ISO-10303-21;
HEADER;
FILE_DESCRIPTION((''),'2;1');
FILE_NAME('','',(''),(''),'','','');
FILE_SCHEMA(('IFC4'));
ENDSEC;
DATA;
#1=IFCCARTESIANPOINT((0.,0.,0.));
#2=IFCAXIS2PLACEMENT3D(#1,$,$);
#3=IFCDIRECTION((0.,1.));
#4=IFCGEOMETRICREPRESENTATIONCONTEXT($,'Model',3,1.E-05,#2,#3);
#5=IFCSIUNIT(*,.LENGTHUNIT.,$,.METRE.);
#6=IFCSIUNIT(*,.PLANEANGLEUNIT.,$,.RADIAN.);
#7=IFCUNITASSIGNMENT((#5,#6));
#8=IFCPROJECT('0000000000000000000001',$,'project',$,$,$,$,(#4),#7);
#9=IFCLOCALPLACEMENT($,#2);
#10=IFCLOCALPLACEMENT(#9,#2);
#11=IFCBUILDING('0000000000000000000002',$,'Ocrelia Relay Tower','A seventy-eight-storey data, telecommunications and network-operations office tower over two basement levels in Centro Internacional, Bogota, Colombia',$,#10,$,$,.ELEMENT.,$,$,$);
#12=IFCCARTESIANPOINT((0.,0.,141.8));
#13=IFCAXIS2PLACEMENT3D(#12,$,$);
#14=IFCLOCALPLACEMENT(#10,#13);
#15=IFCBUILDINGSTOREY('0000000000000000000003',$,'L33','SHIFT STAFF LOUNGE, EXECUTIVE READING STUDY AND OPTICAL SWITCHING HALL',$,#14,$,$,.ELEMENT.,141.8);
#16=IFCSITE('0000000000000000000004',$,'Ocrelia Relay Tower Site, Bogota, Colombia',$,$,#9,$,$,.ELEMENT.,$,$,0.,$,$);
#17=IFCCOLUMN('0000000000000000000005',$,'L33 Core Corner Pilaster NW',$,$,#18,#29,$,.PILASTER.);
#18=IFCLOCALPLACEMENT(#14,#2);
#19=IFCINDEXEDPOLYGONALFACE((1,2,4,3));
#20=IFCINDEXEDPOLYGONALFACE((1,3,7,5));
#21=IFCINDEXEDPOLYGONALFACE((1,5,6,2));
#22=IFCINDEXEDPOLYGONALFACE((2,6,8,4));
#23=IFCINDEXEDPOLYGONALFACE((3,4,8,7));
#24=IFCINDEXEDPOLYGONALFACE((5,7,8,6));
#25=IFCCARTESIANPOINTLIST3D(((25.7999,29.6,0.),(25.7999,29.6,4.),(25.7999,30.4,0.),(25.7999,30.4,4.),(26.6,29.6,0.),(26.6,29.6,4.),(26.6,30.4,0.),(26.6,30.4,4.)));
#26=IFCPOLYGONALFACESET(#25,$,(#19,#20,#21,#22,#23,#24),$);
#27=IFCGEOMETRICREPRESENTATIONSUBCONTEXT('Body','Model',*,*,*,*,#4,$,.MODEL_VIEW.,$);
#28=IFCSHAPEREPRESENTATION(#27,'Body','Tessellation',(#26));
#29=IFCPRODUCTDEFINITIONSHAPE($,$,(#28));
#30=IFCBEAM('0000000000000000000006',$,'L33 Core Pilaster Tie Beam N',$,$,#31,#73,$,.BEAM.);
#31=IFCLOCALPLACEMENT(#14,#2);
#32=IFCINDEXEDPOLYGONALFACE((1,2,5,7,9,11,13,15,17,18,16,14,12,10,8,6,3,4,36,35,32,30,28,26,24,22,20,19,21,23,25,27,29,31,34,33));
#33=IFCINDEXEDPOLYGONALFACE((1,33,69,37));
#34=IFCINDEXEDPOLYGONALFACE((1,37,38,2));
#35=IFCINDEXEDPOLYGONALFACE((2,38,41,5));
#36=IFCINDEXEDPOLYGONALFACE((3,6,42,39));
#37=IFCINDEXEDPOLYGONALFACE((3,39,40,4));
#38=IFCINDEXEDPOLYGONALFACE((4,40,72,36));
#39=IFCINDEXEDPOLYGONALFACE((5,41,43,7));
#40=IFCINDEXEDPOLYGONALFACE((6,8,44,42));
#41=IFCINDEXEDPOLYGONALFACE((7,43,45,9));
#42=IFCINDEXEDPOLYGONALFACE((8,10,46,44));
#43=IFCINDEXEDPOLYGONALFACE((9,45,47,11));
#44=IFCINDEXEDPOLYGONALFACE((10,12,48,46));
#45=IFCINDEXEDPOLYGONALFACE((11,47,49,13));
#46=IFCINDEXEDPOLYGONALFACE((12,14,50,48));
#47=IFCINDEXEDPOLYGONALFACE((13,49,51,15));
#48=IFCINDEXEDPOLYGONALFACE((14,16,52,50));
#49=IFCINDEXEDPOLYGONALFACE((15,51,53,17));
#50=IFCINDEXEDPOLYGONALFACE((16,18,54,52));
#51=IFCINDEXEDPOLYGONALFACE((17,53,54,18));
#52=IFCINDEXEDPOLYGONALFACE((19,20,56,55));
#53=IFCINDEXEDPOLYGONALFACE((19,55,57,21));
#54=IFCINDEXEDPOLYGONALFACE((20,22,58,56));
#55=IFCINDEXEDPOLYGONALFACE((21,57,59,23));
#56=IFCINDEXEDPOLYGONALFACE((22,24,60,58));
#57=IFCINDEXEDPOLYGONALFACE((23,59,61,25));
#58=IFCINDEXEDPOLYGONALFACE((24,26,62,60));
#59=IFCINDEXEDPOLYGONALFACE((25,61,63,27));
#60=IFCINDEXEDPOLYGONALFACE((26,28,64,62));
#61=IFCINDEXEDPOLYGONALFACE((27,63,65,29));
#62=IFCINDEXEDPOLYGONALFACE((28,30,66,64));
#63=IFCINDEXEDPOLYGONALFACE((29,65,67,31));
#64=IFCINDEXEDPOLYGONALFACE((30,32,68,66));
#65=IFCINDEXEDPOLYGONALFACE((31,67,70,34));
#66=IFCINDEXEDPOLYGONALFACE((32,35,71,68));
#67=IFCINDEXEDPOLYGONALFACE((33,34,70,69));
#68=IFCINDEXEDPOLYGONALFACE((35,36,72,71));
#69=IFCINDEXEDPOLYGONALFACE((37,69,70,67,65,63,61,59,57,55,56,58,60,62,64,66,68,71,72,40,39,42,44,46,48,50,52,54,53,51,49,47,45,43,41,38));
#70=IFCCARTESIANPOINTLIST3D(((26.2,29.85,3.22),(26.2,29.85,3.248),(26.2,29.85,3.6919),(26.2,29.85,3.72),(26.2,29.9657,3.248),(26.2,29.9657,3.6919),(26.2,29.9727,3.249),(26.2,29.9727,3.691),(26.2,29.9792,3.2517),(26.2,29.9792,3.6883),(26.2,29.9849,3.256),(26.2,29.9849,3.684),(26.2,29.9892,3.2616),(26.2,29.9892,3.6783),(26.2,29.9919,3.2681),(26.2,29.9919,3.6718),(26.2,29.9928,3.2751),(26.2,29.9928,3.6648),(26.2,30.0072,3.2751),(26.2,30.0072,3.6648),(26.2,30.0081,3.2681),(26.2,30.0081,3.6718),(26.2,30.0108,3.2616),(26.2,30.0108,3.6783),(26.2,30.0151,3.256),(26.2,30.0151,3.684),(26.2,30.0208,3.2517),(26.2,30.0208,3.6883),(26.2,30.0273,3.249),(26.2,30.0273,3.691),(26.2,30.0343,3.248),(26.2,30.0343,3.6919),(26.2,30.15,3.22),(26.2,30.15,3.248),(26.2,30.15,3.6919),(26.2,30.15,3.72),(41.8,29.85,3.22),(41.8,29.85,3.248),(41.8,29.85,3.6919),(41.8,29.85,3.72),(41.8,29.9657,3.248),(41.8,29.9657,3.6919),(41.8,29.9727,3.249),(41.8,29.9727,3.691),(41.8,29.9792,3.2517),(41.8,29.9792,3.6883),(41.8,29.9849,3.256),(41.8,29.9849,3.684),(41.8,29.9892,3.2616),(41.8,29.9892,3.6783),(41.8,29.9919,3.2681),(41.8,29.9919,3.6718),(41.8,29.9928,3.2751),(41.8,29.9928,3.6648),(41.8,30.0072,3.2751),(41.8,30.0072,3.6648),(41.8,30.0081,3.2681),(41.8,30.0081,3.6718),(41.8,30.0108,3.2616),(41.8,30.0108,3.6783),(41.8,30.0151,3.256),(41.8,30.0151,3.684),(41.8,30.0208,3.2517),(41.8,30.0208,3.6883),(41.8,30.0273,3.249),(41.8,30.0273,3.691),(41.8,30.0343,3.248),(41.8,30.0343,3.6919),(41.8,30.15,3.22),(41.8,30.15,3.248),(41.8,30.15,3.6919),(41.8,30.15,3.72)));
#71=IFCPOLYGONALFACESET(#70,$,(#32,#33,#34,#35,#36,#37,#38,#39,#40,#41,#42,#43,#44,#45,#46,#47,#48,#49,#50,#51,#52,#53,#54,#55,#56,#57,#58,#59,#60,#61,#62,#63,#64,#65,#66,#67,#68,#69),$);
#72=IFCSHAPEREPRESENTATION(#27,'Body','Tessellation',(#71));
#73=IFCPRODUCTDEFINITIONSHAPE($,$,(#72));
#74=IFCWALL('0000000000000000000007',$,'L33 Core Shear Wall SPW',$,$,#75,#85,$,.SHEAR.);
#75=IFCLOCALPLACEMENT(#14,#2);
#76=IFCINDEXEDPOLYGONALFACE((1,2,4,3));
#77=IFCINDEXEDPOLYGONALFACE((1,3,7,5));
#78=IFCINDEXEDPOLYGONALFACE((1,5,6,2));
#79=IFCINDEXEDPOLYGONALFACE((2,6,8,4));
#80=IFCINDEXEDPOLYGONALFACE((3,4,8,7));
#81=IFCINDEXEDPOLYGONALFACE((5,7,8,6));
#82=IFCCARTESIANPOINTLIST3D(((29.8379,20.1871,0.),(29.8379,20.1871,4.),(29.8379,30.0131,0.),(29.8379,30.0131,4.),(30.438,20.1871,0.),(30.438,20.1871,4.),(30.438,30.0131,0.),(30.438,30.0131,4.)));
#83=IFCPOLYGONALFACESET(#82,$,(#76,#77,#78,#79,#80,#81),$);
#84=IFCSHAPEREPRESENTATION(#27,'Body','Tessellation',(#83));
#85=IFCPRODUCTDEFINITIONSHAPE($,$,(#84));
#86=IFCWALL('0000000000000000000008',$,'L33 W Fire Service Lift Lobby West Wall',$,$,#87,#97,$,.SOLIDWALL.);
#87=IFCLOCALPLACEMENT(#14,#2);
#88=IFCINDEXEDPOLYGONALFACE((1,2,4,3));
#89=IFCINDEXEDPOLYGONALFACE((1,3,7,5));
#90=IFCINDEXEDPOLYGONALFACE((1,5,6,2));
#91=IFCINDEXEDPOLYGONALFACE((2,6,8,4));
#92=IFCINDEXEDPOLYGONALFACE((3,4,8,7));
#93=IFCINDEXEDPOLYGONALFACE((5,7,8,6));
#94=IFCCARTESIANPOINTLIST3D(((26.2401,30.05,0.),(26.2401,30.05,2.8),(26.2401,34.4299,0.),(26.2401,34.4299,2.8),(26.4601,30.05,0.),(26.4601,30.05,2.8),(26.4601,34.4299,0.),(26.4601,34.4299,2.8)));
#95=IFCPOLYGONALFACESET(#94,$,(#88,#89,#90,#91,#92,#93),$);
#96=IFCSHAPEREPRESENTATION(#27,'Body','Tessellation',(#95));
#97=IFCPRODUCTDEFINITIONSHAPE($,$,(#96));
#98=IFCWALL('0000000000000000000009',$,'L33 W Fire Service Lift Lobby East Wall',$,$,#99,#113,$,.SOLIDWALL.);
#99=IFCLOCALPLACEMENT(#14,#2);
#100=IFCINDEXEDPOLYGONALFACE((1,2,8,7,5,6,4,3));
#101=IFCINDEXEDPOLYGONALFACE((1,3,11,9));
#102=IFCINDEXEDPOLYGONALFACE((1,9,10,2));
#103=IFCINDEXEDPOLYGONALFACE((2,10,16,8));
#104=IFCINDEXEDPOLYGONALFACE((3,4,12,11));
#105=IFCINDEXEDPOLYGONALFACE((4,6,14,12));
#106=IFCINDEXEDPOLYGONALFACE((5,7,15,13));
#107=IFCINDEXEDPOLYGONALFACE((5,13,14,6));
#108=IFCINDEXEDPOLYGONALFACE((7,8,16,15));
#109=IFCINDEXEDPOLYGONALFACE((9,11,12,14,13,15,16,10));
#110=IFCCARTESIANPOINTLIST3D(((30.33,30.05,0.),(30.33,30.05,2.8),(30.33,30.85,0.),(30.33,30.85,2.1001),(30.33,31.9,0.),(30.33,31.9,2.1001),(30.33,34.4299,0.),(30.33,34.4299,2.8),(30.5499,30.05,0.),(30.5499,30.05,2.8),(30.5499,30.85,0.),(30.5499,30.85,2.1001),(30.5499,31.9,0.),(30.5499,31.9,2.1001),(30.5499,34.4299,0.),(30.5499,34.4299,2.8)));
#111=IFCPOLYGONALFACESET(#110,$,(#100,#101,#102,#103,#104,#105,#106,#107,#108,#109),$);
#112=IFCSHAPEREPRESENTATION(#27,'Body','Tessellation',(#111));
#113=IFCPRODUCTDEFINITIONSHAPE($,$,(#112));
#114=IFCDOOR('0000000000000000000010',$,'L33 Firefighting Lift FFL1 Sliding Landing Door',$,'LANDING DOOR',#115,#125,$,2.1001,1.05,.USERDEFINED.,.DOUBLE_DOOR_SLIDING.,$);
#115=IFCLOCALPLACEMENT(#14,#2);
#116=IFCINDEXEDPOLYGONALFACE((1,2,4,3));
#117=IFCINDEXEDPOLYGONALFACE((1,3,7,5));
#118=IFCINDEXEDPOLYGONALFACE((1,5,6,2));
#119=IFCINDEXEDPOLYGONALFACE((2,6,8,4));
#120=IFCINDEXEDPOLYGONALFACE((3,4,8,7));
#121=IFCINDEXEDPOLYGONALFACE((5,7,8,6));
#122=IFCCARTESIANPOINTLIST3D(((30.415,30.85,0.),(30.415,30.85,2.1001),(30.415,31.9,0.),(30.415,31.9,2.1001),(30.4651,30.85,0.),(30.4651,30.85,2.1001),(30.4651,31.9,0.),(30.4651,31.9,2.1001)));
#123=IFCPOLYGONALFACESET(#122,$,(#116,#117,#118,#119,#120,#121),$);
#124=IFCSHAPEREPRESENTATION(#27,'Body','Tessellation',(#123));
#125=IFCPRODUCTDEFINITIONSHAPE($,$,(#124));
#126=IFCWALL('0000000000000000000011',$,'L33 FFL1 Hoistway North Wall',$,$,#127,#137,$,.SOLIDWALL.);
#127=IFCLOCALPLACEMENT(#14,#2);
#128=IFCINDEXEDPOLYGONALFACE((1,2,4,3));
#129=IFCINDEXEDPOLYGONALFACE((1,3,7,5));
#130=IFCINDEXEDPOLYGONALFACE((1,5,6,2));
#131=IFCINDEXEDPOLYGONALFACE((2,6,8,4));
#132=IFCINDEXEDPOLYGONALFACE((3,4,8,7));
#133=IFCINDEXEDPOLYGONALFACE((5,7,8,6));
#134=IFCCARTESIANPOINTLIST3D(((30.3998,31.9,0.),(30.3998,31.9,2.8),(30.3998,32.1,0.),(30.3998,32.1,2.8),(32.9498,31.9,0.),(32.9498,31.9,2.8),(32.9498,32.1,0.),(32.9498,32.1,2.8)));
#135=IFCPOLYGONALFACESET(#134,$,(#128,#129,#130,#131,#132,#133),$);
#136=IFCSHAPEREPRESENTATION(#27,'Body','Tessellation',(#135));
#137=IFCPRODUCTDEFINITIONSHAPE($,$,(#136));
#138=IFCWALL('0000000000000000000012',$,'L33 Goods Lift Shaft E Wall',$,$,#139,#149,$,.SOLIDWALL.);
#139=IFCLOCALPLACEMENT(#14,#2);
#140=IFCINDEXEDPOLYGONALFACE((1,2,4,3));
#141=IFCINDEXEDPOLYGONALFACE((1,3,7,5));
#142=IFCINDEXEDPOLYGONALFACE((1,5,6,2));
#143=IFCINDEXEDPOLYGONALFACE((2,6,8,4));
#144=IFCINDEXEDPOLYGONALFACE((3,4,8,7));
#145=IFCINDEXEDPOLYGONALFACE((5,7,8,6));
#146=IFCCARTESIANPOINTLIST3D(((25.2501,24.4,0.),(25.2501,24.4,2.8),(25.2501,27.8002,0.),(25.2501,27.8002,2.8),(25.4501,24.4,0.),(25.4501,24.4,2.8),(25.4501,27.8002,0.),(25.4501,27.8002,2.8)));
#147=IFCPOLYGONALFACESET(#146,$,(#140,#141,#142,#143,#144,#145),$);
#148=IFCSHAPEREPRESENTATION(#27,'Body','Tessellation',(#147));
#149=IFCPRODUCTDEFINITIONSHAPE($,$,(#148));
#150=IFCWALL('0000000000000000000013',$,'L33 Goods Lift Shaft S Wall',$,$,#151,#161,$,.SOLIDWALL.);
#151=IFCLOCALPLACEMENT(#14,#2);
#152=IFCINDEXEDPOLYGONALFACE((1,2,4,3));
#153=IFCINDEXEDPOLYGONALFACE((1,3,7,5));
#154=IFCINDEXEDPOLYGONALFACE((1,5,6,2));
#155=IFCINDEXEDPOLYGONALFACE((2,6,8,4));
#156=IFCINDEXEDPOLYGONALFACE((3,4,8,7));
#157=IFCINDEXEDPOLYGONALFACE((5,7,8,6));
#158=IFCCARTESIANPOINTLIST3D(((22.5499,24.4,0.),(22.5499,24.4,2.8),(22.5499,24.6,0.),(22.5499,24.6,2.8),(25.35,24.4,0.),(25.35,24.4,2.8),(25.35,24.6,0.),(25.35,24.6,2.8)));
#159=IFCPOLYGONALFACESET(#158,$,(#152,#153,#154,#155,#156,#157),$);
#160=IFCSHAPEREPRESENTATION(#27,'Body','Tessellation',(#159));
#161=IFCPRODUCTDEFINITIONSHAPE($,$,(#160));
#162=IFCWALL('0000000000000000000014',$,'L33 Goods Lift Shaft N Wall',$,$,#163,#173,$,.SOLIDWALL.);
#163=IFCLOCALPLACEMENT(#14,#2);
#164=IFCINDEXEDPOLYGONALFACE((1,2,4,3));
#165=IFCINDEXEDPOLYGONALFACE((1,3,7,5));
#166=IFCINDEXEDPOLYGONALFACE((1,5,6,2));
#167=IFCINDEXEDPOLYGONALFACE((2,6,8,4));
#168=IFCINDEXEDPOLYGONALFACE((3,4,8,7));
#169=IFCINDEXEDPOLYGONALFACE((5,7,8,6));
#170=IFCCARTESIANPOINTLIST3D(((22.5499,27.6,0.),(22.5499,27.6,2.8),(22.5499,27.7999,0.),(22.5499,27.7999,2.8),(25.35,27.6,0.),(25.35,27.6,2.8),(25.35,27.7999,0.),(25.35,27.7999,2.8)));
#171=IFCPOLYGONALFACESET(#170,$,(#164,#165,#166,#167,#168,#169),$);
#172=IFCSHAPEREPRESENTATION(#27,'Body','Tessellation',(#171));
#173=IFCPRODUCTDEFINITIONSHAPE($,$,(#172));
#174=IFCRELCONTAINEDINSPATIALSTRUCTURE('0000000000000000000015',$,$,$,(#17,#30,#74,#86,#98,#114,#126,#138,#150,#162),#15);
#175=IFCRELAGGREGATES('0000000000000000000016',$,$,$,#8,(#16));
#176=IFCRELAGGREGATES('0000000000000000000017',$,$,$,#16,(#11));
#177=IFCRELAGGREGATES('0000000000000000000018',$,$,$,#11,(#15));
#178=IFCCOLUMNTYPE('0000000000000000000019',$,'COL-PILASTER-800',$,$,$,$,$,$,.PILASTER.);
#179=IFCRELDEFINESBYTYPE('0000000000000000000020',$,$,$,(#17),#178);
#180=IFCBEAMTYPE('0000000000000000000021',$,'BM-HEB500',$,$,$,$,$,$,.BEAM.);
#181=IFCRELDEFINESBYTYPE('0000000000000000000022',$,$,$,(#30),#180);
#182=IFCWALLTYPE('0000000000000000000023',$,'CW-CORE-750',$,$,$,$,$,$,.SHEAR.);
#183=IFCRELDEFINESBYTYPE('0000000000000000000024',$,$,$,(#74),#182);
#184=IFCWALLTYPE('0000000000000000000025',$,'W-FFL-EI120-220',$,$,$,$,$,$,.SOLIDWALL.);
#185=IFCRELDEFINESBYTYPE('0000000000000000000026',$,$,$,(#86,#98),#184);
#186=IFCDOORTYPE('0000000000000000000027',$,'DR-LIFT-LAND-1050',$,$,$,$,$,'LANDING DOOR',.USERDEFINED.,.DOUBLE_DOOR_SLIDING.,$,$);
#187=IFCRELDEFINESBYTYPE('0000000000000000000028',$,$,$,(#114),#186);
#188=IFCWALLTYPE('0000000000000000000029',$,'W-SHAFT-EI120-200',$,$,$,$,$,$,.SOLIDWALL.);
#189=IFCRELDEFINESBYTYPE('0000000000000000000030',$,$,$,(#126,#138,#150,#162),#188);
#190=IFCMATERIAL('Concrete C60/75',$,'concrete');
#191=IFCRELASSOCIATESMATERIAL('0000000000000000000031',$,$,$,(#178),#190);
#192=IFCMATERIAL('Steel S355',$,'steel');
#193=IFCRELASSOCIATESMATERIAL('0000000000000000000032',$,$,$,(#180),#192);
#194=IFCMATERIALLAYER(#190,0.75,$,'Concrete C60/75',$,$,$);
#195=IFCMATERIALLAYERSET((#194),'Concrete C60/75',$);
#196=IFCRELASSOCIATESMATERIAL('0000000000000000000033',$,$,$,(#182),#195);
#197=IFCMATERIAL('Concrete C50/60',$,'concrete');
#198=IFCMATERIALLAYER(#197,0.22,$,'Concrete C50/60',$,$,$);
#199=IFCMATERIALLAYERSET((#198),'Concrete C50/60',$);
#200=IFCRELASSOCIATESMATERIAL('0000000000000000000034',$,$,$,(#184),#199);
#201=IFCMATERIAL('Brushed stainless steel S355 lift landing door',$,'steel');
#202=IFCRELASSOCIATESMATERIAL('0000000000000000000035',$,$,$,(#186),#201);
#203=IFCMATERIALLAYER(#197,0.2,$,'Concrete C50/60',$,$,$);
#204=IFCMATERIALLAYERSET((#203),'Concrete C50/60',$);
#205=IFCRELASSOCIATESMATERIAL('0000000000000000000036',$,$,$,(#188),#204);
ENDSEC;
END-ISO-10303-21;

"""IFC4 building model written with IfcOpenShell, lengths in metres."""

from ifc_helpers import new_model, si_unit, direction, frame, frame_2d, origin, origin_2d, place, context, subcontext, project, spatial, rectangle, i_section, extrude, material, layer, layer_set, material_profile, profile_set, type_object, element, fill, save


model = new_model("IFC4")

# Units and contexts
model_context = context("Model", 3, precision=1e-05, world=origin(), true_north=direction((0.0, 1.0)))
body_context = subcontext(model_context, "Body", "Model", "MODEL_VIEW")
ifc_project = project(units=[si_unit("LENGTHUNIT", "METRE"), si_unit("PLANEANGLEUNIT", "RADIAN")], contexts=[model_context])

# Site, building, storey
site_placement = place(None, origin())
site = spatial("IfcSite", under=ifc_project, at=site_placement, Name="Ocrelia Relay Tower Site, Bogota, Colombia", CompositionType="ELEMENT", RefElevation=0.0)
building_placement = place(site_placement, origin())
building = spatial("IfcBuilding", under=site, at=building_placement, Name="Ocrelia Relay Tower", Description="A seventy-eight-storey data, telecommunications and network-operations office tower over two basement levels in Centro Internacional, Bogota, Colombia", CompositionType="ELEMENT")
storey_placement = place(building_placement, frame((0.0, 0.0, 141.8)))
storey = spatial("IfcBuildingStorey", under=building, at=storey_placement, Name="L33", Description="SHIFT STAFF LOUNGE, EXECUTIVE READING STUDY AND OPTICAL SWITCHING HALL", CompositionType="ELEMENT", Elevation=141.8)

# Column
ifc_material_1 = material(Name="Concrete C60/75", Category="concrete")
ifc_material_profile_1 = material_profile(ifc_material_1, rectangle(XDim=0.8, YDim=0.8, at=origin_2d()), Name="RC-COL-800x800")
ifc_profile_set_1 = profile_set([ifc_material_profile_1], Name="Concrete C60/75")
column_type = type_object("IfcColumnType", Name="COL-PILASTER-800", PredefinedType="PILASTER", material=ifc_profile_set_1)
column_placement = place(storey_placement, frame((26.2, 30.0, 0.0), z_axis=(0.0, 0.0, 1.0), x_axis=(1.0, 0.0, 0.0)))
element("IfcColumn", 1, at=column_placement, inside=storey, type_object=column_type, Name="L33 Core Corner Pilaster NW", PredefinedType="PILASTER", context=body_context, shape_type="SweptSolid", body=[
    extrude(rectangle(XDim=0.8, YDim=0.8, at=origin_2d()), origin(), (0.0, 0.0, 1.0), 4.0),
])

# Beam
ifc_material_2 = material(Name="Steel S355", Category="steel")
ifc_material_profile_2 = material_profile(ifc_material_2, i_section(OverallWidth=0.3, OverallDepth=0.5, WebThickness=0.0144, FlangeThickness=0.0281, FilletRadius=0.0271, at=origin_2d()), Name="HEB 500")
ifc_profile_set_2 = profile_set([ifc_material_profile_2], Name="Steel S355")
beam_type = type_object("IfcBeamType", Name="BM-HEB500", PredefinedType="BEAM", material=ifc_profile_set_2)
beam_placement = place(storey_placement, frame((26.2, 30.0, 3.47), z_axis=(1.0, 0.0, 0.0), x_axis=(0.0, 1.0, 0.0)))
element("IfcBeam", 2, at=beam_placement, inside=storey, type_object=beam_type, Name="L33 Core Pilaster Tie Beam N", PredefinedType="BEAM", context=body_context, shape_type="SweptSolid", body=[
    extrude(i_section(OverallWidth=0.3, OverallDepth=0.5, WebThickness=0.0144, FlangeThickness=0.0281, FilletRadius=0.0271, at=origin_2d()), origin(), (0.0, 0.0, 1.0), 15.6001),
])

# Shared definitions
ifc_layer_1 = layer(ifc_material_1, 0.75, Name="Concrete C60/75")
ifc_layer_set_1 = layer_set([ifc_layer_1], Name="Concrete C60/75")
wall_type_1 = type_object("IfcWallType", Name="CW-CORE-750", PredefinedType="SHEAR", material=ifc_layer_set_1)

# Wall
wall_1_placement = place(storey_placement, frame((30.1379, 20.187, 0.0), z_axis=(0.0, 0.0, 1.0), x_axis=(0.0, 1.0, 0.0)))
element("IfcWall", 3, at=wall_1_placement, inside=storey, type_object=wall_type_1, Name="L33 Core Shear Wall SPW", PredefinedType="SHEAR", context=body_context, shape_type="SweptSolid", body=[
    extrude(rectangle(XDim=9.8259, YDim=0.6001, at=frame_2d((4.9131, 0.0))), origin(), (0.0, 0.0, 1.0), 4.0),
])

# Wall
ifc_material_3 = material(Name="Concrete C50/60", Category="concrete")
ifc_layer_2 = layer(ifc_material_3, 0.22, Name="Concrete C50/60")
ifc_layer_set_2 = layer_set([ifc_layer_2], Name="Concrete C50/60")
wall_type_2 = type_object("IfcWallType", Name="W-FFL-EI120-220", PredefinedType="SOLIDWALL", material=ifc_layer_set_2)
wall_2_placement = place(storey_placement, frame((26.3501, 30.05, 0.0), z_axis=(0.0, 0.0, 1.0), x_axis=(0.0, 1.0, 0.0)))
element("IfcWall", 4, at=wall_2_placement, inside=storey, type_object=wall_type_2, Name="L33 W Fire Service Lift Lobby West Wall", PredefinedType="SOLIDWALL", context=body_context, shape_type="SweptSolid", body=[
    extrude(rectangle(XDim=4.3799, YDim=0.22, at=frame_2d((2.1899, 0.0))), origin(), (0.0, 0.0, 1.0), 2.8),
])

# Wall, opening, door
wall_3_placement = place(storey_placement, frame((30.4399, 30.05, 0.0), z_axis=(0.0, 0.0, 1.0), x_axis=(0.0, 1.0, 0.0)))
wall_3 = element("IfcWall", 5, at=wall_3_placement, inside=storey, type_object=wall_type_2, Name="L33 W Fire Service Lift Lobby East Wall", PredefinedType="SOLIDWALL", context=body_context, shape_type="SweptSolid", body=[
    extrude(rectangle(XDim=4.3799, YDim=0.22, at=frame_2d((2.1899, 0.0))), origin(), (0.0, 0.0, 1.0), 2.8),
])
opening_1_placement = place(wall_3_placement, frame((0.8, 0.0, 0.0)))
opening_1 = element("IfcOpeningElement", 6, at=opening_1_placement, cuts=wall_3, PredefinedType="OPENING", context=body_context, shape_type="SweptSolid", body=[
    extrude(rectangle(XDim=1.05, YDim=2.1001, at=frame_2d((0.5249, 1.05))), frame((0.0, 0.1201, 0.0), z_axis=(0.0, -1.0, 0.0), x_axis=(1.0, 0.0, 0.0)), (0.0, 0.0, 1.0), 0.24),
])
ifc_material_4 = material(Name="Brushed stainless steel S355 lift landing door", Category="steel")
door_type_1 = type_object("IfcDoorType", Name="DR-LIFT-LAND-1050", ElementType="LANDING DOOR", OperationType="DOUBLE_DOOR_SLIDING", PredefinedType="USERDEFINED", material=ifc_material_4)
door_1_placement = place(opening_1_placement, origin())
door_1 = element("IfcDoor", 7, at=door_1_placement, inside=storey, type_object=door_type_1, Name="L33 Firefighting Lift FFL1 Sliding Landing Door", ObjectType="LANDING DOOR", OperationType="DOUBLE_DOOR_SLIDING", OverallHeight=2.1001, OverallWidth=1.05, PredefinedType="USERDEFINED", context=body_context, shape_type="SweptSolid", body=[
    extrude(rectangle(XDim=1.05, YDim=2.1001, at=frame_2d((0.5249, 1.05))), frame((0.0, 0.0249, 0.0), z_axis=(0.0, -1.0, 0.0), x_axis=(1.0, 0.0, 0.0)), (0.0, 0.0, 1.0), 0.05),
])
fill(opening_1, door_1)

# Wall
ifc_layer_3 = layer(ifc_material_3, 0.2, Name="Concrete C50/60")
ifc_layer_set_3 = layer_set([ifc_layer_3], Name="Concrete C50/60")
wall_type_3 = type_object("IfcWallType", Name="W-SHAFT-EI120-200", PredefinedType="SOLIDWALL", material=ifc_layer_set_3)
wall_4_placement = place(storey_placement, frame((30.3999, 32.0, 0.0), z_axis=(0.0, 0.0, 1.0), x_axis=(1.0, 0.0, 0.0)))
element("IfcWall", 8, at=wall_4_placement, inside=storey, type_object=wall_type_3, Name="L33 FFL1 Hoistway North Wall", PredefinedType="SOLIDWALL", context=body_context, shape_type="SweptSolid", body=[
    extrude(rectangle(XDim=2.55, YDim=0.2, at=frame_2d((1.2749, 0.0))), origin(), (0.0, 0.0, 1.0), 2.8),
])

# Walls
wall_5_placement = place(storey_placement, frame((25.3501, 24.3999, 0.0), z_axis=(0.0, 0.0, 1.0), x_axis=(0.0, 1.0, 0.0)))
element("IfcWall", 9, at=wall_5_placement, inside=storey, type_object=wall_type_3, Name="L33 Goods Lift Shaft E Wall", PredefinedType="SOLIDWALL", context=body_context, shape_type="SweptSolid", body=[
    extrude(rectangle(XDim=3.4001, YDim=0.2, at=frame_2d((1.7002, 0.0))), origin(), (0.0, 0.0, 1.0), 2.8),
])
for number, where, z_axis, x_axis, name in (
    (10, (22.55, 24.5, 0.0), (0.0, 0.0, 1.0), (1.0, 0.0, 0.0), "L33 Goods Lift Shaft S Wall"),
    (11, (22.55, 27.7, 0.0), (0.0, 0.0, 1.0), (1.0, 0.0, 0.0), "L33 Goods Lift Shaft N Wall"),
):
    element("IfcWall", number, at=place(storey_placement, frame(where, z_axis=z_axis, x_axis=x_axis)), inside=storey, type_object=wall_type_3, Name=name, PredefinedType="SOLIDWALL", context=body_context, shape_type="SweptSolid", body=[
        extrude(rectangle(XDim=2.8, YDim=0.2, at=frame_2d((1.3999, 0.0))), origin(), (0.0, 0.0, 1.0), 2.8),
    ])

save(model, "model.ifc")
